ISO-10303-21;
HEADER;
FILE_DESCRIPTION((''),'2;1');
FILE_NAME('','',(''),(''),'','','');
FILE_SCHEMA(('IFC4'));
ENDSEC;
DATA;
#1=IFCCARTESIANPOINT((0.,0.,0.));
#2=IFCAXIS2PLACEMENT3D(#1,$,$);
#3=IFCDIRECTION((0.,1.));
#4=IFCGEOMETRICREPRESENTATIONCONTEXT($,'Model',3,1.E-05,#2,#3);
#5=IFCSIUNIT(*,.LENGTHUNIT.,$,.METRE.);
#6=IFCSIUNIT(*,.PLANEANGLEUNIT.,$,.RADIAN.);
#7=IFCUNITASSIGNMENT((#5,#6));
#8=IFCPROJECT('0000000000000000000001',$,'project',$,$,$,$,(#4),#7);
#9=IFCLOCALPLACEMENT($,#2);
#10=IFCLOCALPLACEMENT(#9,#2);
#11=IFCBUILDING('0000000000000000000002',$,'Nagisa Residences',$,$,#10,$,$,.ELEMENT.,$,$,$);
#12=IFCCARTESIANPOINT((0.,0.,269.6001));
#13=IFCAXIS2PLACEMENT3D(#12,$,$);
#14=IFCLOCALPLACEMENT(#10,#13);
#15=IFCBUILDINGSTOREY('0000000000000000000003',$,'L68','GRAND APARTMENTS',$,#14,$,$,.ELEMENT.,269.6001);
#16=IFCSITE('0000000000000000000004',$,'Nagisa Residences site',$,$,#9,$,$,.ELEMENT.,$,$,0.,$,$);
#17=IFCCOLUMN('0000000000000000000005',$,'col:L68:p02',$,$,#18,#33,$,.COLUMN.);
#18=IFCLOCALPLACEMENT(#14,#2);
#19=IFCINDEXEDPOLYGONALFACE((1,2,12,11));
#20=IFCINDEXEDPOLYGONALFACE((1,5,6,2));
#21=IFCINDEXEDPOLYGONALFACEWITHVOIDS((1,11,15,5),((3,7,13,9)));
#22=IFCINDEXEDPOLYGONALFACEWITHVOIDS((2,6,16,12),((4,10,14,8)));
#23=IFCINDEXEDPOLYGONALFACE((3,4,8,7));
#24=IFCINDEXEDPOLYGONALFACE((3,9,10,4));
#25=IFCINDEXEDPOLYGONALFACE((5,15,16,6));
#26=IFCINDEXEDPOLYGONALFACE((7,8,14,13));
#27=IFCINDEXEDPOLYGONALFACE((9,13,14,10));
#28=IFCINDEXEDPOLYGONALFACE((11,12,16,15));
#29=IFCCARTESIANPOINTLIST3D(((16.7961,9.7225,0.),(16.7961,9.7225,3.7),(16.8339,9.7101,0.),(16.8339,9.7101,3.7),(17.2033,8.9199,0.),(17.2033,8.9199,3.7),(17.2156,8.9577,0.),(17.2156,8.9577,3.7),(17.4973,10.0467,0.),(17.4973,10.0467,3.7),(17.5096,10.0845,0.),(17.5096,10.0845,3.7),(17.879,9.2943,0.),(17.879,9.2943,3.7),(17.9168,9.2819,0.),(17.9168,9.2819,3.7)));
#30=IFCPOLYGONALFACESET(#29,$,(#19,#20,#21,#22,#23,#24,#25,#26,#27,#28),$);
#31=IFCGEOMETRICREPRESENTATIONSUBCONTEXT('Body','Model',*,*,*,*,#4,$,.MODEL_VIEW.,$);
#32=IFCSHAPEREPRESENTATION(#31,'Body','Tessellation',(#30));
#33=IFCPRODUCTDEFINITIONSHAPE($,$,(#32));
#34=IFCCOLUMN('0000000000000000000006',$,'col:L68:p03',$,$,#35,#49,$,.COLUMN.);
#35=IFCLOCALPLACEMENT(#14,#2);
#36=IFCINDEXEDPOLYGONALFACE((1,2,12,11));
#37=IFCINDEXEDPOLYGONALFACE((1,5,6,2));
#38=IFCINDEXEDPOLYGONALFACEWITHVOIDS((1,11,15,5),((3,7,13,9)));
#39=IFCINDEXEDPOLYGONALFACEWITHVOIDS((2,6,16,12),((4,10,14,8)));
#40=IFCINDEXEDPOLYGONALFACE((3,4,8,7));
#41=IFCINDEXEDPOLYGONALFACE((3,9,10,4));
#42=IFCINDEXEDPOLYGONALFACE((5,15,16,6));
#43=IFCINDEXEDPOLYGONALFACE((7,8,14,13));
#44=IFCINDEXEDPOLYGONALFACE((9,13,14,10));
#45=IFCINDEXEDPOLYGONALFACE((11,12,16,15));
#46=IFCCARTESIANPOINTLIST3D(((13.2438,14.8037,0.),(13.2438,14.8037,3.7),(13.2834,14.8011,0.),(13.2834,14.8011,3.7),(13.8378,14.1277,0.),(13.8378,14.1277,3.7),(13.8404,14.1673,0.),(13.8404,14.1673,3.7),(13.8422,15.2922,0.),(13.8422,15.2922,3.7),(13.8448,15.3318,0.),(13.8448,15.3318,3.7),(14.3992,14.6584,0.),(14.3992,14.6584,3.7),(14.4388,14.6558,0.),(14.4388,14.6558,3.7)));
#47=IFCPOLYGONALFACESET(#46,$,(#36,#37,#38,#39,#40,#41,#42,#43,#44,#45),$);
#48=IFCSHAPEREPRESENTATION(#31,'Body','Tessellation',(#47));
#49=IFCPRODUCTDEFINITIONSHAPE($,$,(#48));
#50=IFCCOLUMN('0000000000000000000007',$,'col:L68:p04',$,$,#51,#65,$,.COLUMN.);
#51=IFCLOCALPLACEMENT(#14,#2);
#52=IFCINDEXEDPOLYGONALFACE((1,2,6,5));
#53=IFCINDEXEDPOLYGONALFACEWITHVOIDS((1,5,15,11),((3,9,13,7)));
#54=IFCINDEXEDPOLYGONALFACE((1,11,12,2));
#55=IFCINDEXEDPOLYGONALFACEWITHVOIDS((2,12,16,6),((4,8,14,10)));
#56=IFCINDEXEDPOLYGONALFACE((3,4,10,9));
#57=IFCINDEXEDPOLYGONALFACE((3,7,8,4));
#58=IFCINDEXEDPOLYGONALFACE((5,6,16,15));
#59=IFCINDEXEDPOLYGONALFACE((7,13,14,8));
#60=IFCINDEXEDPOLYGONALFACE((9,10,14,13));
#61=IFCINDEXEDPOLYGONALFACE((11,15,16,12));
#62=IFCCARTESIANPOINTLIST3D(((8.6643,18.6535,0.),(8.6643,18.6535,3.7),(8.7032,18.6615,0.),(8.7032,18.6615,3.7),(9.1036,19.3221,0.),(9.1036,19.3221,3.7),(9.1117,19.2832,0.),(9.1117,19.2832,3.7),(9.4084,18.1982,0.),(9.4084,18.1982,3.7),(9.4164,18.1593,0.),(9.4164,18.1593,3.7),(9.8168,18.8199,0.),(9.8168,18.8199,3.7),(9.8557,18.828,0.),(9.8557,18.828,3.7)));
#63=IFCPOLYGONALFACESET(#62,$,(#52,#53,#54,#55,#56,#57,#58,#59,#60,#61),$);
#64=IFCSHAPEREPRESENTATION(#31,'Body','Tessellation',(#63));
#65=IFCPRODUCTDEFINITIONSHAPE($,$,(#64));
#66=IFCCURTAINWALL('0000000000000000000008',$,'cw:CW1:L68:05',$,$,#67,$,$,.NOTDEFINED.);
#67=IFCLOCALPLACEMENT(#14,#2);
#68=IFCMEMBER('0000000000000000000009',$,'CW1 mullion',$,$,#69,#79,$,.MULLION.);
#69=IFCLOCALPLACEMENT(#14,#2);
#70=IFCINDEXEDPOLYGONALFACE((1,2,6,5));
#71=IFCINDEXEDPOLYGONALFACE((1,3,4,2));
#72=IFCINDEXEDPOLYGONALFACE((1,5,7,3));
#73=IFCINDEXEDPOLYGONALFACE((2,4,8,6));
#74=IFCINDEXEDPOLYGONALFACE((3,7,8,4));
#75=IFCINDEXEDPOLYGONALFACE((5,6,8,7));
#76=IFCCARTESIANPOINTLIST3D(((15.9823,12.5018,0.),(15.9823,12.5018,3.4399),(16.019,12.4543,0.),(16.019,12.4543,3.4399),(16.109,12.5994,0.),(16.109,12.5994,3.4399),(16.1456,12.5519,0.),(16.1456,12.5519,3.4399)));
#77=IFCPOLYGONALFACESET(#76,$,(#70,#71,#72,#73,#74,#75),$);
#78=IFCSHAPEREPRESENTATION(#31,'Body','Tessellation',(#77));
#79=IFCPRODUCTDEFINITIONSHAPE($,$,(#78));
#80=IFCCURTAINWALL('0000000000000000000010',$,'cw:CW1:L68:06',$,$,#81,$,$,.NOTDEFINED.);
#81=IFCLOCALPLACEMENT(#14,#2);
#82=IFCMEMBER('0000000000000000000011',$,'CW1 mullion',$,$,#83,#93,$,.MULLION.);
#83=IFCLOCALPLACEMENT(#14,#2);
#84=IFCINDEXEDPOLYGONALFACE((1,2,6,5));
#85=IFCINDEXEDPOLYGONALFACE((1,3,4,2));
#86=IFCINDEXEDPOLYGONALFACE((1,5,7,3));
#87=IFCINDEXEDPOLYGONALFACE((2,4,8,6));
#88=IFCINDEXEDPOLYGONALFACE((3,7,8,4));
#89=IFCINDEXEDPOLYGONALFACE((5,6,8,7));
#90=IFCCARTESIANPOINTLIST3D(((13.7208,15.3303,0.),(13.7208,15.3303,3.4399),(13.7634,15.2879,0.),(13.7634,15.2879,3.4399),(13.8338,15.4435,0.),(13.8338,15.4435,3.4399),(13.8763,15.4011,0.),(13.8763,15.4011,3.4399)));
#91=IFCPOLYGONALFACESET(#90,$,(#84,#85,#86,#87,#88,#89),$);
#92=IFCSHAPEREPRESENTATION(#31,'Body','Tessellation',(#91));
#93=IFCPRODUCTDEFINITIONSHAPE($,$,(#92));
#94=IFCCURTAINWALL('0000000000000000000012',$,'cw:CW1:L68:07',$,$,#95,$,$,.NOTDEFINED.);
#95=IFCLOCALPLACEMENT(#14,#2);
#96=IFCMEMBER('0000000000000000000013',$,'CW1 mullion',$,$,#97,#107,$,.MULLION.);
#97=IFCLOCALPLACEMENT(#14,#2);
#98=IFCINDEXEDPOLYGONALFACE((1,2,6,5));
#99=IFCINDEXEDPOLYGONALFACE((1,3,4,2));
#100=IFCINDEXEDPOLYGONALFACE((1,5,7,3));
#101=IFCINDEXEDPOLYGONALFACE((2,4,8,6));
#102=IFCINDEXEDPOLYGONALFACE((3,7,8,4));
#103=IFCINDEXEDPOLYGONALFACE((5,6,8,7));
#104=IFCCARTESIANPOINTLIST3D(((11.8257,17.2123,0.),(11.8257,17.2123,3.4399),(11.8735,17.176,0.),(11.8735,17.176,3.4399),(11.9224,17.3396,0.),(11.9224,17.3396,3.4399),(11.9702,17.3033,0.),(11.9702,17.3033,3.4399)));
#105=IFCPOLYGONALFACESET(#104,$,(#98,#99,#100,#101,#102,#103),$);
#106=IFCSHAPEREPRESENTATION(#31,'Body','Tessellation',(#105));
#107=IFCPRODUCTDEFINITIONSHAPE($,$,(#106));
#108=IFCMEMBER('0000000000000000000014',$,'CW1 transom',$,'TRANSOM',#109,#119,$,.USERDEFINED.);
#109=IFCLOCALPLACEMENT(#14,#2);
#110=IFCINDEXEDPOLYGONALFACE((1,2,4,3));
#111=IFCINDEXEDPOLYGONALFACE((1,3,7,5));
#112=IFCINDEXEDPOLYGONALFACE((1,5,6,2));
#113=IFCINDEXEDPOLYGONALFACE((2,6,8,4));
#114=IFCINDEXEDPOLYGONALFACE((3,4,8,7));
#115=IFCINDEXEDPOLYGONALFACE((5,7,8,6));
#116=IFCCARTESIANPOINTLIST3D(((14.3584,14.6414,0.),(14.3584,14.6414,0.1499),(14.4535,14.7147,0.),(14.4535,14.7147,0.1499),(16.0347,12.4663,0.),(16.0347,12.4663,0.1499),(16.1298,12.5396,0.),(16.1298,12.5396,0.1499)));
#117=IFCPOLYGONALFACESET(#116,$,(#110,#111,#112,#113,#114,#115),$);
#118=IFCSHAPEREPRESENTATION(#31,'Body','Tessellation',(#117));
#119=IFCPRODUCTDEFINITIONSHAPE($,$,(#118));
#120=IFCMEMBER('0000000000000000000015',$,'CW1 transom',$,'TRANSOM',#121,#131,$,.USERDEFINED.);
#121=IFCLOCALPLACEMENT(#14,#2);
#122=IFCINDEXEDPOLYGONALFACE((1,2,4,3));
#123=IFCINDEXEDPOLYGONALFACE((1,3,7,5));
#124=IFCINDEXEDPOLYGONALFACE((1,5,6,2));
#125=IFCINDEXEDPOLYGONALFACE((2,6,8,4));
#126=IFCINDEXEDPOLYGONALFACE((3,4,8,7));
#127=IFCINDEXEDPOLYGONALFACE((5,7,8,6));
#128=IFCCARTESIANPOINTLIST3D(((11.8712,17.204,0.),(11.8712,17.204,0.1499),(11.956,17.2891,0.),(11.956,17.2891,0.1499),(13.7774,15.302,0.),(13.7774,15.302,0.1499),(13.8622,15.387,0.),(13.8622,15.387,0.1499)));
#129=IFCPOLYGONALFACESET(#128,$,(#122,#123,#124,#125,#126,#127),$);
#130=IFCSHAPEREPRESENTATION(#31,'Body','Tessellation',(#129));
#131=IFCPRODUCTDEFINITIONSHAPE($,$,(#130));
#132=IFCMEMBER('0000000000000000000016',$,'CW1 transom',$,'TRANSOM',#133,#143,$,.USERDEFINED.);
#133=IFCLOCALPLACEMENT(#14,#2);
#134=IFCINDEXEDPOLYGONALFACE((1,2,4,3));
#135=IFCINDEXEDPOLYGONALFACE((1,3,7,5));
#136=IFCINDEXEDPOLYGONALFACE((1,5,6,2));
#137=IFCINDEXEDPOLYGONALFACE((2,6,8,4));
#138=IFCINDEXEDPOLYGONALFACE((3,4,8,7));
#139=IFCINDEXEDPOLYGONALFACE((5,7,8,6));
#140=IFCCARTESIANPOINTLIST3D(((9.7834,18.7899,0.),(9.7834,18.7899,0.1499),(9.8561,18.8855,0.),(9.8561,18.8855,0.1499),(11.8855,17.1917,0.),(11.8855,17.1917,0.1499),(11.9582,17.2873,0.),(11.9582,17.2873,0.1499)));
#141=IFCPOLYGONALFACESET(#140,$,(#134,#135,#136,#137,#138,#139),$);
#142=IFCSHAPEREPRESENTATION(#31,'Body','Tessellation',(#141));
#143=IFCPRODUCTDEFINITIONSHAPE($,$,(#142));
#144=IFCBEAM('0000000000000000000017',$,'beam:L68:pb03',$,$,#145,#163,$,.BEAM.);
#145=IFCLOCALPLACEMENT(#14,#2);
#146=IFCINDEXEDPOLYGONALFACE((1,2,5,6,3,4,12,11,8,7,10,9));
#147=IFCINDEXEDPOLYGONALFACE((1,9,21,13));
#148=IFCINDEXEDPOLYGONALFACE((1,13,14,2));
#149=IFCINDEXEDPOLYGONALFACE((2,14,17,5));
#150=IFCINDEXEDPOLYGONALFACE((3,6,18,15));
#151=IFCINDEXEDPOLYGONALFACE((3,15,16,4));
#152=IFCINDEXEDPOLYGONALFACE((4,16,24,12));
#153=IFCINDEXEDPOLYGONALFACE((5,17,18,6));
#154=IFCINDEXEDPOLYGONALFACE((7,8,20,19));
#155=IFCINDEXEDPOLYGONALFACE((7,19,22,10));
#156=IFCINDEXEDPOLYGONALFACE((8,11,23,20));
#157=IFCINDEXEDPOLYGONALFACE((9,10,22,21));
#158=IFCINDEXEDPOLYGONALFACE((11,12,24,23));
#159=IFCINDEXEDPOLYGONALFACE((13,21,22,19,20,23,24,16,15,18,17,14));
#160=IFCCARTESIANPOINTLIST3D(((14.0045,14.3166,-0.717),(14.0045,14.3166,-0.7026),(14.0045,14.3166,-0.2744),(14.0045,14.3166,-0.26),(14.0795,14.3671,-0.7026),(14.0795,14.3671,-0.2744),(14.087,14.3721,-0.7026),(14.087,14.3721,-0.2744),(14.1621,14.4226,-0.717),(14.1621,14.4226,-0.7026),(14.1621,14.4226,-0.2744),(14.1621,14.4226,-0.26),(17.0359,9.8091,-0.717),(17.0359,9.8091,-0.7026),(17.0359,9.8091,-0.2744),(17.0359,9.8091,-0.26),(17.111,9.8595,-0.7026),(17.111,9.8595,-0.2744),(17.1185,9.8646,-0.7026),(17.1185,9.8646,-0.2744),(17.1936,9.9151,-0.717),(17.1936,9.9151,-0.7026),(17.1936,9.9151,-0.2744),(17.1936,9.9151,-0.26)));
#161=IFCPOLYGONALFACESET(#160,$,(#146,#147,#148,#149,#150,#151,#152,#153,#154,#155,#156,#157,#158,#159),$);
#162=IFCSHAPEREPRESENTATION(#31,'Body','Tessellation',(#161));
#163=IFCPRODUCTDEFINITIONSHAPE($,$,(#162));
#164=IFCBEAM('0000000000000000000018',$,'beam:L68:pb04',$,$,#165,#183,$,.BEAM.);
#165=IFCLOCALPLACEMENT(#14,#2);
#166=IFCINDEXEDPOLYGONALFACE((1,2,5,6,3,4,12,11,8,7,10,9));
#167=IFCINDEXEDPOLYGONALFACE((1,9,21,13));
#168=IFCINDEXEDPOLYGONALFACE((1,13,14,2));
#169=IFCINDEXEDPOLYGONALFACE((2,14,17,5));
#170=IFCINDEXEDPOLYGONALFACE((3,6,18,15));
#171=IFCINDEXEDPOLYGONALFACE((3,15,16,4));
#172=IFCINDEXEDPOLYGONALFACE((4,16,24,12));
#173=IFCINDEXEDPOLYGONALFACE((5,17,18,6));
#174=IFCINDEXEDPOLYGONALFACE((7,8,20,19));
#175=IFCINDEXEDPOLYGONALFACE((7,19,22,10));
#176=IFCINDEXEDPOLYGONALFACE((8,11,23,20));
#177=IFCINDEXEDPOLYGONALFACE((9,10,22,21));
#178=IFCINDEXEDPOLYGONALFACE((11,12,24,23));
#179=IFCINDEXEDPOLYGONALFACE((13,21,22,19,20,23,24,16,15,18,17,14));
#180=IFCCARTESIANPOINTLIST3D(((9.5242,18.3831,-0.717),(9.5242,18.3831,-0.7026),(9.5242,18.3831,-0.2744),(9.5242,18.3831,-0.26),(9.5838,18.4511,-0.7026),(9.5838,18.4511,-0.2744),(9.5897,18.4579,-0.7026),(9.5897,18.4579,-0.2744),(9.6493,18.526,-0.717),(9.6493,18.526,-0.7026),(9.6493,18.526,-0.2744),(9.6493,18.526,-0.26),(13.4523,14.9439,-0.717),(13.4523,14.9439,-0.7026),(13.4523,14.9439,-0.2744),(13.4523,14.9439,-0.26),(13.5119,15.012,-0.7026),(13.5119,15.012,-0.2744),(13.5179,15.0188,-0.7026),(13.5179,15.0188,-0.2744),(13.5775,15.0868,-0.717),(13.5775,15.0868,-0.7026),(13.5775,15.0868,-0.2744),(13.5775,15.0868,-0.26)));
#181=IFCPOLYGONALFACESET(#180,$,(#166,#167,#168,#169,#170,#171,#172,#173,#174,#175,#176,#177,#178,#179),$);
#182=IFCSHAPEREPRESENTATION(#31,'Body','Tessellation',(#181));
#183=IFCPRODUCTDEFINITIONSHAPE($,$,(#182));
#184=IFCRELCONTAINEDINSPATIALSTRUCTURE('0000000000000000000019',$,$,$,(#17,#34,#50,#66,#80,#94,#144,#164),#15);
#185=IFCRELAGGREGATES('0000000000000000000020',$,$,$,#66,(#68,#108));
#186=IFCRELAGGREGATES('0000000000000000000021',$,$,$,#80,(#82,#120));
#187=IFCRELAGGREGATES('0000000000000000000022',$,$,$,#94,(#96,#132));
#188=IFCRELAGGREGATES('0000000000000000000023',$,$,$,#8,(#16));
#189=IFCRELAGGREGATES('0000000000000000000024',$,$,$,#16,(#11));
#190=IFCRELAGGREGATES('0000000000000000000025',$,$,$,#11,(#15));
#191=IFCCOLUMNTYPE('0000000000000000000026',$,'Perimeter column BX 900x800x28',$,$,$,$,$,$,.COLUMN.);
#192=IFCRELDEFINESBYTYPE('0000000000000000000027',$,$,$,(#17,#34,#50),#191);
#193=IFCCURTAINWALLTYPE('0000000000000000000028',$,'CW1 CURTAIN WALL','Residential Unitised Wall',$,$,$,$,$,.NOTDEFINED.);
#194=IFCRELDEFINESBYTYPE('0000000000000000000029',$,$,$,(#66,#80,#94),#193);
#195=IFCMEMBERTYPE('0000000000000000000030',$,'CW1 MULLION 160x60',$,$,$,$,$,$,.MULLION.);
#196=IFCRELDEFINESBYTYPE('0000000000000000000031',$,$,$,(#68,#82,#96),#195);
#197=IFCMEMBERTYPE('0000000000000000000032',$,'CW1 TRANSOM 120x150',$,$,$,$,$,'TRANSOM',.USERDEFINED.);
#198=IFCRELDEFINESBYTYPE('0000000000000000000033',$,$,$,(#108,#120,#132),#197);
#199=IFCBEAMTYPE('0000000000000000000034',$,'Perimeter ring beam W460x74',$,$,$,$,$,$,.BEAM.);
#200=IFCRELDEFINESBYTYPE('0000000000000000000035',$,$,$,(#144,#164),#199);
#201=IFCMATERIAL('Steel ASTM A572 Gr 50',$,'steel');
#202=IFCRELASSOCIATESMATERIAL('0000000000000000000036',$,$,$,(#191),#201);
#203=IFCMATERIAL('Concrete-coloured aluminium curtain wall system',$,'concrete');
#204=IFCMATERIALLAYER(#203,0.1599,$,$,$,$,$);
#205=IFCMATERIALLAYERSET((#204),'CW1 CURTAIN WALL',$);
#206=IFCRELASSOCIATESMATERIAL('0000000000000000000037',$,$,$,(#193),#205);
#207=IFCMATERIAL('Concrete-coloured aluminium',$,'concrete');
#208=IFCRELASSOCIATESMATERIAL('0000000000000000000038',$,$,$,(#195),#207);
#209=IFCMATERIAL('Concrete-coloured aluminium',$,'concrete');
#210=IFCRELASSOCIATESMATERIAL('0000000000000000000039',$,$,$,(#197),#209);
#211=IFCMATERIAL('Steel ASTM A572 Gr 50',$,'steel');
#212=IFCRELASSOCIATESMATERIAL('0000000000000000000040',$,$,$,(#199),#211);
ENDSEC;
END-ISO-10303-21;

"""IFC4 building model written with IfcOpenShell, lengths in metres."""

from ifc_helpers import new_model, si_unit, direction, frame, origin, origin_2d, place, context, subcontext, project, spatial, rectangle, hollow_rectangle, i_section, extrude, material, layer, layer_set, material_profile, profile_set, type_object, element, aggregate, save


model = new_model("IFC4")

# Units and contexts
model_context = context("Model", 3, precision=1e-05, world=origin(), true_north=direction((0.0, 1.0)))
body_context = subcontext(model_context, "Body", "Model", "MODEL_VIEW")
ifc_project = project(units=[si_unit("LENGTHUNIT", "METRE"), si_unit("PLANEANGLEUNIT", "RADIAN")], contexts=[model_context])

# Site, building, storey
site_placement = place(None, origin())
site = spatial("IfcSite", under=ifc_project, at=site_placement, Name="Nagisa Residences site", CompositionType="ELEMENT", RefElevation=0.0)
building_placement = place(site_placement, origin())
building = spatial("IfcBuilding", under=site, at=building_placement, Name="Nagisa Residences", CompositionType="ELEMENT")
storey_placement = place(building_placement, frame((0.0, 0.0, 269.6001)))
storey = spatial("IfcBuildingStorey", under=building, at=storey_placement, Name="L68", Description="GRAND APARTMENTS", CompositionType="ELEMENT", Elevation=269.6001)

# Columns
ifc_material_1 = material(Name="Steel ASTM A572 Gr 50", Category="steel")
ifc_material_profile_1 = material_profile(ifc_material_1, hollow_rectangle(XDim=0.8999, YDim=0.8, WallThickness=0.0281, at=origin_2d()), Name="BX 900x800x28")
ifc_profile_set_1 = profile_set([ifc_material_profile_1], Name="Steel ASTM A572 Gr 50")
column_type = type_object("IfcColumnType", Name="Perimeter column BX 900x800x28", PredefinedType="COLUMN", material=ifc_profile_set_1)
for number, where, z_axis, x_axis, name in (
    (1, (17.3564, 9.5022, 0.0), (0.0, 0.0, 1.0), (-0.452463, 0.891783, 0.0), "col:L68:p02"),
    (2, (13.8413, 14.7297, 0.0), (0.0, 0.0, 1.0), (-0.660115, 0.751165, 0.0), "col:L68:p03"),
    (3, (9.26, 18.7407, 0.0), (0.0, 0.0, 1.0), (-0.835766, 0.549086, 0.0), "col:L68:p04"),
):
    element("IfcColumn", number, at=place(storey_placement, frame(where, z_axis=z_axis, x_axis=x_axis)), inside=storey, type_object=column_type, Name=name, PredefinedType="COLUMN", context=body_context, shape_type="SweptSolid", body=[
        extrude(hollow_rectangle(XDim=0.8999, YDim=0.8, WallThickness=0.0281, at=origin_2d()), origin(), (0.0, 0.0, 1.0), 3.7),
    ])

# Curtain walls, members
ifc_material_2 = material(Name="Concrete-coloured aluminium curtain wall system", Category="concrete")
ifc_layer_1 = layer(ifc_material_2, 0.1599)
ifc_layer_set_1 = layer_set([ifc_layer_1], Name="CW1 CURTAIN WALL")
curtain_wall_type = type_object("IfcCurtainWallType", Name="CW1 CURTAIN WALL", Description="Residential Unitised Wall", PredefinedType="NOTDEFINED", material=ifc_layer_set_1)
curtain_wall_1_placement = place(storey_placement, origin())
curtain_wall_1 = element("IfcCurtainWall", 4, at=curtain_wall_1_placement, inside=storey, type_object=curtain_wall_type, Name="cw:CW1:L68:05", PredefinedType="NOTDEFINED")
ifc_material_3 = material(Name="Concrete-coloured aluminium", Category="concrete")
ifc_material_profile_2 = material_profile(ifc_material_3, rectangle(XDim=0.1599, YDim=0.0601, at=origin_2d()), Name="CW1 MULLION 160x60")
ifc_profile_set_2 = profile_set([ifc_material_profile_2], Name="Concrete-coloured aluminium")
member_type_1 = type_object("IfcMemberType", Name="CW1 MULLION 160x60", PredefinedType="MULLION", material=ifc_profile_set_2)
member_1_placement = place(storey_placement, frame((16.064, 12.5269, 0.0), z_axis=(0.0, 0.0, 1.0), x_axis=(-0.79207, -0.61043, 0.0)))
member_1 = element("IfcMember", 5, at=member_1_placement, type_object=member_type_1, Name="CW1 mullion", PredefinedType="MULLION", context=body_context, shape_type="SweptSolid", body=[
    extrude(rectangle(XDim=0.1599, YDim=0.0601, at=origin_2d()), origin(), (0.0, 0.0, 1.0), 3.4399),
])
curtain_wall_2_placement = place(storey_placement, origin())
curtain_wall_2 = element("IfcCurtainWall", 6, at=curtain_wall_2_placement, inside=storey, type_object=curtain_wall_type, Name="cw:CW1:L68:06", PredefinedType="NOTDEFINED")
member_2_placement = place(storey_placement, frame((13.7986, 15.3657, 0.0), z_axis=(0.0, 0.0, 1.0), x_axis=(-0.706377, -0.707836, 0.0)))
member_2 = element("IfcMember", 7, at=member_2_placement, type_object=member_type_1, Name="CW1 mullion", PredefinedType="MULLION", context=body_context, shape_type="SweptSolid", body=[
    extrude(rectangle(XDim=0.1599, YDim=0.0601, at=origin_2d()), origin(), (0.0, 0.0, 1.0), 3.4399),
])
curtain_wall_3_placement = place(storey_placement, origin())
curtain_wall_3 = element("IfcCurtainWall", 8, at=curtain_wall_3_placement, inside=storey, type_object=curtain_wall_type, Name="cw:CW1:L68:07", PredefinedType="NOTDEFINED")
member_3_placement = place(storey_placement, frame((11.8979, 17.2578, 0.0), z_axis=(0.0, 0.0, 1.0), x_axis=(-0.605255, -0.796031, 0.0)))
member_3 = element("IfcMember", 9, at=member_3_placement, type_object=member_type_1, Name="CW1 mullion", PredefinedType="MULLION", context=body_context, shape_type="SweptSolid", body=[
    extrude(rectangle(XDim=0.1599, YDim=0.0601, at=origin_2d()), origin(), (0.0, 0.0, 1.0), 3.4399),
])

# Members
ifc_material_4 = material(Name="Concrete-coloured aluminium", Category="concrete")
ifc_material_profile_3 = material_profile(ifc_material_4, rectangle(XDim=0.1201, YDim=0.1499, at=origin_2d()), Name="CW1 TRANSOM 120x150")
ifc_profile_set_3 = profile_set([ifc_material_profile_3], Name="Concrete-coloured aluminium")
member_type_2 = type_object("IfcMemberType", Name="CW1 TRANSOM 120x150", ElementType="TRANSOM", PredefinedType="USERDEFINED", material=ifc_profile_set_3)
member_4_placement = place(storey_placement, frame((16.0823, 12.5029, 0.075), z_axis=(-0.610432, 0.792068, 0.0), x_axis=(-0.792068, -0.610432, 0.0)))
member_4 = element("IfcMember", 10, at=member_4_placement, type_object=member_type_2, Name="CW1 transom", ObjectType="TRANSOM", PredefinedType="USERDEFINED", context=body_context, shape_type="SweptSolid", body=[
    extrude(rectangle(XDim=0.1201, YDim=0.1499, at=origin_2d()), origin(), (0.0, 0.0, 1.0), 2.7461),
])
member_5_placement = place(storey_placement, frame((13.8198, 15.3445, 0.075), z_axis=(-0.707877, 0.706336, 0.0), x_axis=(-0.706336, -0.707877, 0.0)))
member_5 = element("IfcMember", 11, at=member_5_placement, type_object=member_type_2, Name="CW1 transom", ObjectType="TRANSOM", PredefinedType="USERDEFINED", context=body_context, shape_type="SweptSolid", body=[
    extrude(rectangle(XDim=0.1201, YDim=0.1499, at=origin_2d()), origin(), (0.0, 0.0, 1.0), 2.6929),
])
member_6_placement = place(storey_placement, frame((11.9219, 17.2395, 0.075), z_axis=(-0.796055, 0.605224, 0.0), x_axis=(-0.605224, -0.796055, 0.0)))
member_6 = element("IfcMember", 12, at=member_6_placement, type_object=member_type_2, Name="CW1 transom", ObjectType="TRANSOM", PredefinedType="USERDEFINED", context=body_context, shape_type="SweptSolid", body=[
    extrude(rectangle(XDim=0.1201, YDim=0.1499, at=origin_2d()), origin(), (0.0, 0.0, 1.0), 2.6406),
])

# Beams
ifc_material_5 = material(Name="Steel ASTM A572 Gr 50", Category="steel")
ifc_material_profile_4 = material_profile(ifc_material_5, i_section(OverallWidth=0.1899, OverallDepth=0.457, WebThickness=0.009, FlangeThickness=0.0144, at=origin_2d()), Name="W460x74")
ifc_profile_set_4 = profile_set([ifc_material_profile_4], Name="Steel ASTM A572 Gr 50")
beam_type_1 = type_object("IfcBeamType", Name="Perimeter ring beam W460x74", PredefinedType="BEAM", material=ifc_profile_set_4)
beam_1_placement = place(storey_placement, frame((17.1147, 9.8621, -0.4885), z_axis=(-0.558066, 0.829796, 0.0), x_axis=(-0.829796, -0.558066, 0.0)))
element("IfcBeam", 13, at=beam_1_placement, inside=storey, type_object=beam_type_1, Name="beam:L68:pb03", PredefinedType="BEAM", context=body_context, shape_type="SweptSolid", body=[
    extrude(i_section(OverallWidth=0.1899, OverallDepth=0.457, WebThickness=0.009, FlangeThickness=0.0144, at=origin_2d()), origin(), (0.0, 0.0, 1.0), 5.4321),
])
beam_2_placement = place(storey_placement, frame((13.5149, 15.0154, -0.4885), z_axis=(-0.752385, 0.658723, 0.0), x_axis=(-0.658723, -0.752385, 0.0)))
element("IfcBeam", 14, at=beam_2_placement, inside=storey, type_object=beam_type_1, Name="beam:L68:pb04", PredefinedType="BEAM", context=body_context, shape_type="SweptSolid", body=[
    extrude(i_section(OverallWidth=0.1899, OverallDepth=0.457, WebThickness=0.009, FlangeThickness=0.0144, at=origin_2d()), origin(), (0.0, 0.0, 1.0), 5.2209),
])

aggregate(curtain_wall_1, [member_1, member_4])
aggregate(curtain_wall_2, [member_2, member_5])
aggregate(curtain_wall_3, [member_3, member_6])

save(model, "model.ifc")
